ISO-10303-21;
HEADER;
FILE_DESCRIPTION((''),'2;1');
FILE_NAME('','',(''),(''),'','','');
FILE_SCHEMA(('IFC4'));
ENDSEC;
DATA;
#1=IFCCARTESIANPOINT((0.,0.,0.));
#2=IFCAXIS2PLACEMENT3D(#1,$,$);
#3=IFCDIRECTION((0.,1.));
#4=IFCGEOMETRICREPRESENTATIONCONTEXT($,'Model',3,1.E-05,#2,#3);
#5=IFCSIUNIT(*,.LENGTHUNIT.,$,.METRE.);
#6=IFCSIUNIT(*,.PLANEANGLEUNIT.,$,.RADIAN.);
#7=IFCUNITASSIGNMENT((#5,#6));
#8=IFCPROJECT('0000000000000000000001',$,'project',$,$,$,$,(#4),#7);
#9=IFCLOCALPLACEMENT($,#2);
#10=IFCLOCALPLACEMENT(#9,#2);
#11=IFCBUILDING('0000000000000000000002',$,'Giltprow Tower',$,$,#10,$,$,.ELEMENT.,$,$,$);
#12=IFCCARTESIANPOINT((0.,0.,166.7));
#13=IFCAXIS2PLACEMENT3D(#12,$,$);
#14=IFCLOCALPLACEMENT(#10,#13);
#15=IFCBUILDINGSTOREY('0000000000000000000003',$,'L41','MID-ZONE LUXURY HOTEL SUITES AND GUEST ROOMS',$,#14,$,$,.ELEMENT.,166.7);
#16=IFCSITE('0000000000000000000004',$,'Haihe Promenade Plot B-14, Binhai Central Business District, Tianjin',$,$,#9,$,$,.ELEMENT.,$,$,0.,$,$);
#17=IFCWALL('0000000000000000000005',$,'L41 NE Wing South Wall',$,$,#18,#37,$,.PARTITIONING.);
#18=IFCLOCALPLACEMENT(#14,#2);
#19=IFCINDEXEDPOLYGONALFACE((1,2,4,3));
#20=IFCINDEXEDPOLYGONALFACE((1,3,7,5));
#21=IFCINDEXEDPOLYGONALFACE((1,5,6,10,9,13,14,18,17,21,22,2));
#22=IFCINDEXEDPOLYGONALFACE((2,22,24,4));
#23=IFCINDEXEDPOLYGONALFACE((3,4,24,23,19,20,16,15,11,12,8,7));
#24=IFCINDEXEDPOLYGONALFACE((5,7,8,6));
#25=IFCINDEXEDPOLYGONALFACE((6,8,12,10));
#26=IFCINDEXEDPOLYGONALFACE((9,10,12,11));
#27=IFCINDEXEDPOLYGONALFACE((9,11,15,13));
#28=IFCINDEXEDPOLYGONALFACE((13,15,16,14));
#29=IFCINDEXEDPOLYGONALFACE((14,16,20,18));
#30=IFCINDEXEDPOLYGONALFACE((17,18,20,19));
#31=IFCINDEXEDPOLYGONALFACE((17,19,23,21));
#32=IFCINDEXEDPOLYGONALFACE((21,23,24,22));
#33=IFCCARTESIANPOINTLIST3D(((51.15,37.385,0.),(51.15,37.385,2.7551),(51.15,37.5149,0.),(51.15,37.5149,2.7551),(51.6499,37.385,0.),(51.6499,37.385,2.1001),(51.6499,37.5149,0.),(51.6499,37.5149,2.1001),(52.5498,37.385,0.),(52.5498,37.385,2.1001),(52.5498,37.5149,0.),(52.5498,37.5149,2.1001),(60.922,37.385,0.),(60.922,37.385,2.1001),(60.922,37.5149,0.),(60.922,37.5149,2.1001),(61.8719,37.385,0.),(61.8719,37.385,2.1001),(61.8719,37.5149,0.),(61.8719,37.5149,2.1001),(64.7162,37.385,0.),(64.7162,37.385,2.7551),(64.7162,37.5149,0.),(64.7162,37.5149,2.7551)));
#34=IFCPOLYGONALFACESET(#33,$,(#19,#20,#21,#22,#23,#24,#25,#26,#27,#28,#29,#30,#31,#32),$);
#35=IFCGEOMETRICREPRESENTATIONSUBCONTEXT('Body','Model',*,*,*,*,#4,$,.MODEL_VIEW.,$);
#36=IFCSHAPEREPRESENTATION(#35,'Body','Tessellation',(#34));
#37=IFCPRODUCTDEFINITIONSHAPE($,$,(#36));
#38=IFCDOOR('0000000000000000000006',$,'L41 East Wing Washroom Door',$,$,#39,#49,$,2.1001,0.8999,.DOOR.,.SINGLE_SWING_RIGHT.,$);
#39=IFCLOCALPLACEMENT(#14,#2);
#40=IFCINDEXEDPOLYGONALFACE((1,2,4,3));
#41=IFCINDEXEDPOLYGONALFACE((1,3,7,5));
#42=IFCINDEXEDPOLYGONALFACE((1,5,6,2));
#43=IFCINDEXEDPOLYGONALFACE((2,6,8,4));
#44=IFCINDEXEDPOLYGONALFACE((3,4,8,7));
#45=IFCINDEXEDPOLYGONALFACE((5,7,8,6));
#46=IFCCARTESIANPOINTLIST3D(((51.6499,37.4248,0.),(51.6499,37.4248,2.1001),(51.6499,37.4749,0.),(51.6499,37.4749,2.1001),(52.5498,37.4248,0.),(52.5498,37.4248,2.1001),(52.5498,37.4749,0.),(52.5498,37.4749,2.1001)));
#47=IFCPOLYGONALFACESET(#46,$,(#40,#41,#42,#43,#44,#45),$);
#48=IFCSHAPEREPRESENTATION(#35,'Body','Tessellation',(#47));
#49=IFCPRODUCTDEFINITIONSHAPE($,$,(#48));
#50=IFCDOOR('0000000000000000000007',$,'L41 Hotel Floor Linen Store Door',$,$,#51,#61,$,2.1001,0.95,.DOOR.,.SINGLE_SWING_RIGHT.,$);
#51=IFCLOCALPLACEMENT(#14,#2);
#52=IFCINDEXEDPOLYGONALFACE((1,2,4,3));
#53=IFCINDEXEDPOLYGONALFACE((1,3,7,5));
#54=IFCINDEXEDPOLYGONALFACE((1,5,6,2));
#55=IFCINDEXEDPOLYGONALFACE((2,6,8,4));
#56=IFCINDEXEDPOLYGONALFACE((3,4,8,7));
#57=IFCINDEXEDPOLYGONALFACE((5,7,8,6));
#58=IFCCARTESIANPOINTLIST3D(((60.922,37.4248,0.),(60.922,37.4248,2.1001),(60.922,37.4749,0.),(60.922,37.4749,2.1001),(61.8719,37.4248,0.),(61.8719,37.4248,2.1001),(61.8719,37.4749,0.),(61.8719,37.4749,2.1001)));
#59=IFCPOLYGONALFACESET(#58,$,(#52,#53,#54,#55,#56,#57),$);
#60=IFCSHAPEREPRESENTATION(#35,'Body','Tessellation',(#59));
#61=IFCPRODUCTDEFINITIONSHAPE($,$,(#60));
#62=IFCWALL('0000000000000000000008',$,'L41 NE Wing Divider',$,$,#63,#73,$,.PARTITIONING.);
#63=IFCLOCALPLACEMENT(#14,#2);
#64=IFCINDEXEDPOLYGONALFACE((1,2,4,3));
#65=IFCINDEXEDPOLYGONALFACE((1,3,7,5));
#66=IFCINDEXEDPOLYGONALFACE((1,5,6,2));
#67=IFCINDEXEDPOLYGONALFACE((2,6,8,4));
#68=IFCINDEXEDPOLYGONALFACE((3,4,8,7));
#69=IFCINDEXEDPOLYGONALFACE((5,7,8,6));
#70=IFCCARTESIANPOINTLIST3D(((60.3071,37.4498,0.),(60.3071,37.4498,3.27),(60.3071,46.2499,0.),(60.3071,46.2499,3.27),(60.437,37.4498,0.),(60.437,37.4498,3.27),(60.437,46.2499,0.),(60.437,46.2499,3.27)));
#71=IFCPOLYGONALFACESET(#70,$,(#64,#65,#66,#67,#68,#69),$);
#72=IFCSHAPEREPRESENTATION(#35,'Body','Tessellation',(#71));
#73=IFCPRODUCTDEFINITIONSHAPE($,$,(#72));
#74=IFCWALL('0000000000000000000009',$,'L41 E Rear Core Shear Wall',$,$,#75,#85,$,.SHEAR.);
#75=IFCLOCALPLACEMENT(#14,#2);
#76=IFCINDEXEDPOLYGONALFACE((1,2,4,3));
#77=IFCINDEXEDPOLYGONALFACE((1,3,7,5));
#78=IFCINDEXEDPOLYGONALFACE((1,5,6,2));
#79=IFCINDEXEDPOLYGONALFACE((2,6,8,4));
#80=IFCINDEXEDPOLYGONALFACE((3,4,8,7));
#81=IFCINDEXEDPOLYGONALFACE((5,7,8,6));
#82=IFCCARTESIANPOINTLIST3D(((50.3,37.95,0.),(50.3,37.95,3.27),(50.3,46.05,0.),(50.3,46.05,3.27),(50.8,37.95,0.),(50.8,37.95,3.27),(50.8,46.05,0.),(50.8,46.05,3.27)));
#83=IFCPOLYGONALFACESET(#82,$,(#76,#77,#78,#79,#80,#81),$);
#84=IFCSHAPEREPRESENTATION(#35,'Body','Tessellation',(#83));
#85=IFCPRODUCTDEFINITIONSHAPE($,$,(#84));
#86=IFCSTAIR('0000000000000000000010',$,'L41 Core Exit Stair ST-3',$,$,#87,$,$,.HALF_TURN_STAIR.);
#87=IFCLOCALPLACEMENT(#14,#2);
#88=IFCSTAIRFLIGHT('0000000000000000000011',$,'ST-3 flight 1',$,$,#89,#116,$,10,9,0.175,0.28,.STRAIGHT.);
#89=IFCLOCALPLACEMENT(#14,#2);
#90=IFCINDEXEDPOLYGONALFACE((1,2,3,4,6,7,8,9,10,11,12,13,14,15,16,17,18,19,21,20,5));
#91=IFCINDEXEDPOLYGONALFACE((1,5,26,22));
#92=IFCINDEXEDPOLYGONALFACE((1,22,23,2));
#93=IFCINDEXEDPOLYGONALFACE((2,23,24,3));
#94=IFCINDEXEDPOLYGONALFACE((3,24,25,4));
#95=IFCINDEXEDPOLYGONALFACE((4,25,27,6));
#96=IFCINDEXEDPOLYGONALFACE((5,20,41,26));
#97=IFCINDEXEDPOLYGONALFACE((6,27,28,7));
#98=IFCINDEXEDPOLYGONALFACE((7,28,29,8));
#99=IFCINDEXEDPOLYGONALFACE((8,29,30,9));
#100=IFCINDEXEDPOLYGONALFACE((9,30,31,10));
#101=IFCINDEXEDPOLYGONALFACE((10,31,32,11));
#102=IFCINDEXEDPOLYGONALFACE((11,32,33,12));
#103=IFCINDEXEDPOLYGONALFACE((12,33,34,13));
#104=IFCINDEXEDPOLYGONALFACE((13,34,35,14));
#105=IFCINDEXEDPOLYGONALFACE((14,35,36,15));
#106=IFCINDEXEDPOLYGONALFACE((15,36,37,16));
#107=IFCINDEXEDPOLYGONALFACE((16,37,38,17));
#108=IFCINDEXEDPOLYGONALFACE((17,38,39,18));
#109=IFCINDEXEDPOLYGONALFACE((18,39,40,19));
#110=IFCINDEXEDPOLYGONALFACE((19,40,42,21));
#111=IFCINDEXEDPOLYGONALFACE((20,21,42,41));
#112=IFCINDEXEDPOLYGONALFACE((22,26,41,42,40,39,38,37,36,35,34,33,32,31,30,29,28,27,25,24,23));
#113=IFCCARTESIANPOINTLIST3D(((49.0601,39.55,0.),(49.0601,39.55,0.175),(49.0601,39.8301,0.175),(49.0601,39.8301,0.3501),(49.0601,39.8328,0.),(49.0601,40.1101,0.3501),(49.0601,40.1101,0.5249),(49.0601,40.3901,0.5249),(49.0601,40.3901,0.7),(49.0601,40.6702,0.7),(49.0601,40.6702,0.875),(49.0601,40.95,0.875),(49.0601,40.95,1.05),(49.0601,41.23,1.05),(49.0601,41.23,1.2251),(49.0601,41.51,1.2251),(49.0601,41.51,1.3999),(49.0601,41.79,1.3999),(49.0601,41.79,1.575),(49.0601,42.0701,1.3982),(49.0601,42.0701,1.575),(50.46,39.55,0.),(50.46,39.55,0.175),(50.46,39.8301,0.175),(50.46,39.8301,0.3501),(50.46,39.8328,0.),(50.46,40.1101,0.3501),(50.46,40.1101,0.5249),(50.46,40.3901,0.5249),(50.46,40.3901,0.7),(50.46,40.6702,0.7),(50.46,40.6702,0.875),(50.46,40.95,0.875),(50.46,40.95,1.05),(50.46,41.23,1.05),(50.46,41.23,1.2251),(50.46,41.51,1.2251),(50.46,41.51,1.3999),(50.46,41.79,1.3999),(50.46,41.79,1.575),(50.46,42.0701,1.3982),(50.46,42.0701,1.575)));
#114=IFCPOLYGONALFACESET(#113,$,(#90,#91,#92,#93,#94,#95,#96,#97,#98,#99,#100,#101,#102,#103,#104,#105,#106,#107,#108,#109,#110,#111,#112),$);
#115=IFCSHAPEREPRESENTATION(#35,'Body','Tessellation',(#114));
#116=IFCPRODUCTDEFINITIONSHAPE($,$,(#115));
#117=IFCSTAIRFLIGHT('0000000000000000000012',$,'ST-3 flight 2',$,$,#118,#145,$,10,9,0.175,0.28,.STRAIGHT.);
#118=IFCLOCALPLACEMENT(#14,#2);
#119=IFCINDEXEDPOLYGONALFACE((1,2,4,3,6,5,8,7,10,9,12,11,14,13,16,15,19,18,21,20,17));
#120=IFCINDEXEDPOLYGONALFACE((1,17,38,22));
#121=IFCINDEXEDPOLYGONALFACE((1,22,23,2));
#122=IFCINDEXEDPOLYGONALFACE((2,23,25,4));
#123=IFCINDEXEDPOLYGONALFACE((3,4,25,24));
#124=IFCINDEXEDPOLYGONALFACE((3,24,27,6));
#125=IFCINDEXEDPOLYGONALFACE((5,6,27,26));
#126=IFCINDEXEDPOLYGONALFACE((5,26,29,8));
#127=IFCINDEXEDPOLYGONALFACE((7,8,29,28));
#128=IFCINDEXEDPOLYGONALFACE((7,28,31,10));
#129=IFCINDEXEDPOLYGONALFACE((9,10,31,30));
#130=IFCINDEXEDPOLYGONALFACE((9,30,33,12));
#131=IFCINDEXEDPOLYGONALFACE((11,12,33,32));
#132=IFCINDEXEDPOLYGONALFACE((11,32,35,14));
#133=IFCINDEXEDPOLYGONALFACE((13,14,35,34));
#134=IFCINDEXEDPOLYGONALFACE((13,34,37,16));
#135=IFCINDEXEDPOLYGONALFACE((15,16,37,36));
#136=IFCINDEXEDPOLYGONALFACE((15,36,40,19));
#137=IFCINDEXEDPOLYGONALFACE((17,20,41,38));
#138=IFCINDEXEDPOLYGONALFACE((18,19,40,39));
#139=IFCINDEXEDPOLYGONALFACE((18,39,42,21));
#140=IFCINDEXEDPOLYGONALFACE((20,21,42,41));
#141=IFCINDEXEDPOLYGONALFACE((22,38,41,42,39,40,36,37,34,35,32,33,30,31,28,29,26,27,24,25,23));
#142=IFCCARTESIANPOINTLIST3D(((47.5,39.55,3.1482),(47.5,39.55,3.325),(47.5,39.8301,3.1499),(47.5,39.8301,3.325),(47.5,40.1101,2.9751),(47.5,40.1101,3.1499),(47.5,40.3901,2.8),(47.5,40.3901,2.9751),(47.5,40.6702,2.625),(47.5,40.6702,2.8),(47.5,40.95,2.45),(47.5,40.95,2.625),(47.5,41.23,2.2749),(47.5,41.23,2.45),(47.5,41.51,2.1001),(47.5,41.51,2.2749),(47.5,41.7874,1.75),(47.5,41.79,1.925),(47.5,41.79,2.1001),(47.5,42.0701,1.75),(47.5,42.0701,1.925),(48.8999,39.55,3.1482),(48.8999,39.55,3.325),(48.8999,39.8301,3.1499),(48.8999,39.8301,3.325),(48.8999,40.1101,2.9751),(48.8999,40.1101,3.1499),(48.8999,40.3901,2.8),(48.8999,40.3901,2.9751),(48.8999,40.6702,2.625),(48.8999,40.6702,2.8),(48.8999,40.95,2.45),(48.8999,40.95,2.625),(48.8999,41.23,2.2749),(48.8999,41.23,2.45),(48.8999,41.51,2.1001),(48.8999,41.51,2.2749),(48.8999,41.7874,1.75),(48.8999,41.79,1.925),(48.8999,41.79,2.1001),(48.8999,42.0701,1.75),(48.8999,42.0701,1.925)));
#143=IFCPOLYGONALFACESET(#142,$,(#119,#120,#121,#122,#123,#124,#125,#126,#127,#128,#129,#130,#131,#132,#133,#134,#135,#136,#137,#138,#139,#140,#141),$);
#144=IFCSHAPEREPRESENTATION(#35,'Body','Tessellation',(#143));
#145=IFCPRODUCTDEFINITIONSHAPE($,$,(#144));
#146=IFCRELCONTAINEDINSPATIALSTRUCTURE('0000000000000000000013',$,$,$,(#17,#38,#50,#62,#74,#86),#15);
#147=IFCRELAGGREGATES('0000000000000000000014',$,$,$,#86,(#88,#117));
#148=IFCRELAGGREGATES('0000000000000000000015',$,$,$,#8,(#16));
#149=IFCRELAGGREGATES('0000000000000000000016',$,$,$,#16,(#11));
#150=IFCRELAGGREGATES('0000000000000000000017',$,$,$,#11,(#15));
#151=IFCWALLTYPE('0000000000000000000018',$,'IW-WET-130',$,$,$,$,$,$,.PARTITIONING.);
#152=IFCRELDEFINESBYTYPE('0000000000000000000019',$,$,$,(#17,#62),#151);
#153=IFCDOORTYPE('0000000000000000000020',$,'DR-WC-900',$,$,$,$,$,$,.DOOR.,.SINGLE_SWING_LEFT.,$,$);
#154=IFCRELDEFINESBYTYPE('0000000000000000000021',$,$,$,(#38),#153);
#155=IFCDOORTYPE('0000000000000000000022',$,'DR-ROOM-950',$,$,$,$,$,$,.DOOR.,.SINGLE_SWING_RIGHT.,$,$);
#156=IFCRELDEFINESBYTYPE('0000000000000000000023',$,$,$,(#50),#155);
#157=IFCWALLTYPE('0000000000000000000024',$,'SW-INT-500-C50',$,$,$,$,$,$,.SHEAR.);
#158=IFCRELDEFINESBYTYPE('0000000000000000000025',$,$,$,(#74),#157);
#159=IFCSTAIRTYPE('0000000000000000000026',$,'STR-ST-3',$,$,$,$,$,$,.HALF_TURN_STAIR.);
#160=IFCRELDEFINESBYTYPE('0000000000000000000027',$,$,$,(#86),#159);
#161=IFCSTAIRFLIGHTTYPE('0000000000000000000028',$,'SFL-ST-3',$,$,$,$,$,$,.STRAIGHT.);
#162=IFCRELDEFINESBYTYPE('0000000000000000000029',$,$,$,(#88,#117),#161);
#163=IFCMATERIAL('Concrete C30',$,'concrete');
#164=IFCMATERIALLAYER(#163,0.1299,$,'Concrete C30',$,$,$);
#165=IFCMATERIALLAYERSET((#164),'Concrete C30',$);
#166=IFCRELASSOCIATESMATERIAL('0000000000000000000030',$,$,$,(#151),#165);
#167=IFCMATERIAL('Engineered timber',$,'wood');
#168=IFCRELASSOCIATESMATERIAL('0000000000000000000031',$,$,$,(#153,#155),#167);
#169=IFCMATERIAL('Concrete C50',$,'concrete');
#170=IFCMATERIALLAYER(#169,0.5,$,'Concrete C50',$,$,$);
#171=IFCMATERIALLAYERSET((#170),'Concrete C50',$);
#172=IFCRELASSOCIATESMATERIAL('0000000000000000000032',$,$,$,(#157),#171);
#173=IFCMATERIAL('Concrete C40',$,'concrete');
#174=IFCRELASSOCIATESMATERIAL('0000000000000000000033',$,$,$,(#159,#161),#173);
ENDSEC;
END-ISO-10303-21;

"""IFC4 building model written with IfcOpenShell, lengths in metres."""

from ifc_helpers import new_model, si_unit, direction, frame, frame_2d, origin, place, context, subcontext, project, spatial, polyline, rectangle, outline, extrude, source, transform, mapped, material, layer, layer_set, type_object, element, fill, aggregate, save


model = new_model("IFC4")

# Units and contexts
model_context = context("Model", 3, precision=1e-05, world=origin(), true_north=direction((0.0, 1.0)))
body_context = subcontext(model_context, "Body", "Model", "MODEL_VIEW")
ifc_project = project(units=[si_unit("LENGTHUNIT", "METRE"), si_unit("PLANEANGLEUNIT", "RADIAN")], contexts=[model_context])

# Site, building, storey
site_placement = place(None, origin())
site = spatial("IfcSite", under=ifc_project, at=site_placement, Name="Haihe Promenade Plot B-14, Binhai Central Business District, Tianjin", CompositionType="ELEMENT", RefElevation=0.0)
building_placement = place(site_placement, origin())
building = spatial("IfcBuilding", under=site, at=building_placement, Name="Giltprow Tower", CompositionType="ELEMENT")
storey_placement = place(building_placement, frame((0.0, 0.0, 166.7)))
storey = spatial("IfcBuildingStorey", under=building, at=storey_placement, Name="L41", Description="MID-ZONE LUXURY HOTEL SUITES AND GUEST ROOMS", CompositionType="ELEMENT", Elevation=166.7)

# Shared definitions
ifc_material_1 = material(Name="Concrete C50", Category="concrete")

# Shared definitions
ifc_material_2 = material(Name="Concrete C40", Category="concrete")

# Wall, openings, doors
ifc_material_3 = material(Name="Concrete C30", Category="concrete")
ifc_layer_1 = layer(ifc_material_3, 0.1299, Name="Concrete C30")
ifc_layer_set_1 = layer_set([ifc_layer_1], Name="Concrete C30")
wall_type_1 = type_object("IfcWallType", Name="IW-WET-130", PredefinedType="PARTITIONING", material=ifc_layer_set_1)
wall_1_placement = place(storey_placement, frame((51.1499, 37.45, 0.0), z_axis=(0.0, 0.0, 1.0), x_axis=(1.0, 0.0, 0.0)))
wall_1 = element("IfcWall", 1, at=wall_1_placement, inside=storey, type_object=wall_type_1, Name="L41 NE Wing South Wall", PredefinedType="PARTITIONING", context=body_context, shape_type="SweptSolid", body=[
    extrude(rectangle(XDim=13.5662, YDim=0.1299, at=frame_2d((6.7832, 0.0))), origin(), (0.0, 0.0, 1.0), 2.7551),
])
opening_1_placement = place(wall_1_placement, frame((0.5, 0.0, 0.0)))
opening_1 = element("IfcOpeningElement", 2, at=opening_1_placement, cuts=wall_1, PredefinedType="OPENING", context=body_context, shape_type="SweptSolid", body=[
    extrude(rectangle(XDim=0.8999, YDim=2.1001, at=frame_2d((0.45, 1.05))), frame((0.0, 0.075, 0.0), z_axis=(0.0, -1.0, 0.0), x_axis=(1.0, 0.0, 0.0)), (0.0, 0.0, 1.0), 0.1499),
])
opening_2_placement = place(wall_1_placement, frame((9.772, 0.0, 0.0)))
opening_2 = element("IfcOpeningElement", 3, at=opening_2_placement, cuts=wall_1, PredefinedType="OPENING", context=body_context, shape_type="SweptSolid", body=[
    extrude(rectangle(XDim=0.95, YDim=2.1001, at=frame_2d((0.4751, 1.05))), frame((0.0, 0.075, 0.0), z_axis=(0.0, -1.0, 0.0), x_axis=(1.0, 0.0, 0.0)), (0.0, 0.0, 1.0), 0.1499),
])
ifc_material_4 = material(Name="Engineered timber", Category="wood")
door_type_1 = type_object("IfcDoorType", Name="DR-WC-900", OperationType="SINGLE_SWING_LEFT", PredefinedType="DOOR", material=ifc_material_4)
shared_shape_1 = source(origin(), body_context, "Body", "SweptSolid", [
    extrude(rectangle(XDim=0.8999, YDim=2.1001, at=frame_2d((0.45, 1.05))), frame((0.0, 0.0249, 0.0), z_axis=(0.0, -1.0, 0.0), x_axis=(1.0, 0.0, 0.0)), (0.0, 0.0, 1.0), 0.05),
])
door_1_placement = place(opening_1_placement, origin())
door_1 = element("IfcDoor", 4, at=door_1_placement, inside=storey, type_object=door_type_1, Name="L41 East Wing Washroom Door", OperationType="SINGLE_SWING_RIGHT", OverallHeight=2.1001, OverallWidth=0.8999, PredefinedType="DOOR", context=body_context, shape_type="MappedRepresentation", body=[
    mapped(shared_shape_1, transform((0.0, 0.0, 0.0), x_axis=(1.0, 0.0, 0.0), y_axis=(0.0, 1.0, 0.0), z_axis=(0.0, 0.0, 1.0), scale=1.0)),
])
fill(opening_1, door_1)
door_type_2 = type_object("IfcDoorType", Name="DR-ROOM-950", OperationType="SINGLE_SWING_RIGHT", PredefinedType="DOOR", material=ifc_material_4)
shared_shape_2 = source(origin(), body_context, "Body", "SweptSolid", [
    extrude(rectangle(XDim=0.95, YDim=2.1001, at=frame_2d((0.4751, 1.05))), frame((0.0, 0.0249, 0.0), z_axis=(0.0, -1.0, 0.0), x_axis=(1.0, 0.0, 0.0)), (0.0, 0.0, 1.0), 0.05),
])
door_2_placement = place(opening_2_placement, origin())
door_2 = element("IfcDoor", 5, at=door_2_placement, inside=storey, type_object=door_type_2, Name="L41 Hotel Floor Linen Store Door", OperationType="SINGLE_SWING_RIGHT", OverallHeight=2.1001, OverallWidth=0.95, PredefinedType="DOOR", context=body_context, shape_type="MappedRepresentation", body=[
    mapped(shared_shape_2, transform((0.0, 0.0, 0.0), x_axis=(1.0, 0.0, 0.0), y_axis=(0.0, 1.0, 0.0), z_axis=(0.0, 0.0, 1.0), scale=1.0)),
])
fill(opening_2, door_2)

# Walls
wall_2_placement = place(storey_placement, frame((60.3721, 37.45, 0.0), z_axis=(0.0, 0.0, 1.0), x_axis=(0.0, 1.0, 0.0)))
element("IfcWall", 6, at=wall_2_placement, inside=storey, type_object=wall_type_1, Name="L41 NE Wing Divider", PredefinedType="PARTITIONING", context=body_context, shape_type="SweptSolid", body=[
    extrude(rectangle(XDim=8.8, YDim=0.1299, at=frame_2d((4.3999, 0.0))), origin(), (0.0, 0.0, 1.0), 3.27),
])
ifc_layer_2 = layer(ifc_material_1, 0.5, Name="Concrete C50")
ifc_layer_set_2 = layer_set([ifc_layer_2], Name="Concrete C50")
wall_type_2 = type_object("IfcWallType", Name="SW-INT-500-C50", PredefinedType="SHEAR", material=ifc_layer_set_2)
wall_3_placement = place(storey_placement, frame((50.55, 37.95, 0.0), z_axis=(0.0, 0.0, 1.0), x_axis=(0.0, 1.0, 0.0)))
element("IfcWall", 7, at=wall_3_placement, inside=storey, type_object=wall_type_2, Name="L41 E Rear Core Shear Wall", PredefinedType="SHEAR", context=body_context, shape_type="SweptSolid", body=[
    extrude(rectangle(XDim=8.1001, YDim=0.5, at=frame_2d((4.05, 0.0))), origin(), (0.0, 0.0, 1.0), 3.27),
])

# Stair, stair flights
stair_type = type_object("IfcStairType", Name="STR-ST-3", PredefinedType="HALF_TURN_STAIR", material=ifc_material_2)
stair_placement = place(storey_placement, origin())
stair = element("IfcStair", 8, at=stair_placement, inside=storey, type_object=stair_type, Name="L41 Core Exit Stair ST-3", PredefinedType="HALF_TURN_STAIR")
stair_flight_type = type_object("IfcStairFlightType", Name="SFL-ST-3", PredefinedType="STRAIGHT", material=ifc_material_2)
stair_flight_1_placement = place(storey_placement, frame((49.76, 39.55, 0.0), z_axis=(0.0, 0.0, 1.0), x_axis=(0.0, 1.0, 0.0)))
stair_flight_1 = element("IfcStairFlight", 9, at=stair_flight_1_placement, type_object=stair_flight_type, Name="ST-3 flight 1", NumberOfRisers=10, NumberOfTreads=9, PredefinedType="STRAIGHT", RiserHeight=0.175, TreadLength=0.28, context=body_context, shape_type="SweptSolid", body=[
    extrude(outline(polyline([(0.0, 0.0), (0.0, 0.175), (0.28, 0.175), (0.28, 0.3501), (0.5601, 0.3501), (0.5601, 0.5249), (0.8401, 0.5249), (0.8401, 0.7), (1.1201, 0.7), (1.1201, 0.875), (1.3999, 0.875), (1.3999, 1.05), (1.6799, 1.05), (1.6799, 1.2251), (1.96, 1.2251), (1.96, 1.3999), (2.24, 1.3999), (2.24, 1.575), (2.52, 1.575), (2.52, 1.75), (2.52, 1.3982), (0.2827, 0.0), (0.0, 0.0)])), frame((0.0, 0.7, 0.0), z_axis=(0.0, -1.0, 0.0), x_axis=(1.0, 0.0, 0.0)), (0.0, 0.0, 1.0), 1.3999),
])
stair_flight_2_placement = place(storey_placement, frame((48.2, 42.0701, 1.75), z_axis=(0.0, 0.0, 1.0), x_axis=(0.0, -1.0, 0.0)))
stair_flight_2 = element("IfcStairFlight", 10, at=stair_flight_2_placement, type_object=stair_flight_type, Name="ST-3 flight 2", NumberOfRisers=10, NumberOfTreads=9, PredefinedType="STRAIGHT", RiserHeight=0.175, TreadLength=0.28, context=body_context, shape_type="SweptSolid", body=[
    extrude(outline(polyline([(0.0, 0.0), (0.0, 0.175), (0.28, 0.175), (0.28, 0.3501), (0.5601, 0.3501), (0.5601, 0.5249), (0.8401, 0.5249), (0.8401, 0.7), (1.1201, 0.7), (1.1201, 0.875), (1.3999, 0.875), (1.3999, 1.05), (1.6799, 1.05), (1.6799, 1.2251), (1.96, 1.2251), (1.96, 1.3999), (2.24, 1.3999), (2.24, 1.575), (2.52, 1.575), (2.52, 1.75), (2.52, 1.3982), (0.2827, 0.0), (0.0, 0.0)])), frame((0.0, 0.7, 0.0), z_axis=(0.0, -1.0, 0.0), x_axis=(1.0, 0.0, 0.0)), (0.0, 0.0, 1.0), 1.3999),
])
aggregate(stair, [stair_flight_1, stair_flight_2])

save(model, "model.ifc")
